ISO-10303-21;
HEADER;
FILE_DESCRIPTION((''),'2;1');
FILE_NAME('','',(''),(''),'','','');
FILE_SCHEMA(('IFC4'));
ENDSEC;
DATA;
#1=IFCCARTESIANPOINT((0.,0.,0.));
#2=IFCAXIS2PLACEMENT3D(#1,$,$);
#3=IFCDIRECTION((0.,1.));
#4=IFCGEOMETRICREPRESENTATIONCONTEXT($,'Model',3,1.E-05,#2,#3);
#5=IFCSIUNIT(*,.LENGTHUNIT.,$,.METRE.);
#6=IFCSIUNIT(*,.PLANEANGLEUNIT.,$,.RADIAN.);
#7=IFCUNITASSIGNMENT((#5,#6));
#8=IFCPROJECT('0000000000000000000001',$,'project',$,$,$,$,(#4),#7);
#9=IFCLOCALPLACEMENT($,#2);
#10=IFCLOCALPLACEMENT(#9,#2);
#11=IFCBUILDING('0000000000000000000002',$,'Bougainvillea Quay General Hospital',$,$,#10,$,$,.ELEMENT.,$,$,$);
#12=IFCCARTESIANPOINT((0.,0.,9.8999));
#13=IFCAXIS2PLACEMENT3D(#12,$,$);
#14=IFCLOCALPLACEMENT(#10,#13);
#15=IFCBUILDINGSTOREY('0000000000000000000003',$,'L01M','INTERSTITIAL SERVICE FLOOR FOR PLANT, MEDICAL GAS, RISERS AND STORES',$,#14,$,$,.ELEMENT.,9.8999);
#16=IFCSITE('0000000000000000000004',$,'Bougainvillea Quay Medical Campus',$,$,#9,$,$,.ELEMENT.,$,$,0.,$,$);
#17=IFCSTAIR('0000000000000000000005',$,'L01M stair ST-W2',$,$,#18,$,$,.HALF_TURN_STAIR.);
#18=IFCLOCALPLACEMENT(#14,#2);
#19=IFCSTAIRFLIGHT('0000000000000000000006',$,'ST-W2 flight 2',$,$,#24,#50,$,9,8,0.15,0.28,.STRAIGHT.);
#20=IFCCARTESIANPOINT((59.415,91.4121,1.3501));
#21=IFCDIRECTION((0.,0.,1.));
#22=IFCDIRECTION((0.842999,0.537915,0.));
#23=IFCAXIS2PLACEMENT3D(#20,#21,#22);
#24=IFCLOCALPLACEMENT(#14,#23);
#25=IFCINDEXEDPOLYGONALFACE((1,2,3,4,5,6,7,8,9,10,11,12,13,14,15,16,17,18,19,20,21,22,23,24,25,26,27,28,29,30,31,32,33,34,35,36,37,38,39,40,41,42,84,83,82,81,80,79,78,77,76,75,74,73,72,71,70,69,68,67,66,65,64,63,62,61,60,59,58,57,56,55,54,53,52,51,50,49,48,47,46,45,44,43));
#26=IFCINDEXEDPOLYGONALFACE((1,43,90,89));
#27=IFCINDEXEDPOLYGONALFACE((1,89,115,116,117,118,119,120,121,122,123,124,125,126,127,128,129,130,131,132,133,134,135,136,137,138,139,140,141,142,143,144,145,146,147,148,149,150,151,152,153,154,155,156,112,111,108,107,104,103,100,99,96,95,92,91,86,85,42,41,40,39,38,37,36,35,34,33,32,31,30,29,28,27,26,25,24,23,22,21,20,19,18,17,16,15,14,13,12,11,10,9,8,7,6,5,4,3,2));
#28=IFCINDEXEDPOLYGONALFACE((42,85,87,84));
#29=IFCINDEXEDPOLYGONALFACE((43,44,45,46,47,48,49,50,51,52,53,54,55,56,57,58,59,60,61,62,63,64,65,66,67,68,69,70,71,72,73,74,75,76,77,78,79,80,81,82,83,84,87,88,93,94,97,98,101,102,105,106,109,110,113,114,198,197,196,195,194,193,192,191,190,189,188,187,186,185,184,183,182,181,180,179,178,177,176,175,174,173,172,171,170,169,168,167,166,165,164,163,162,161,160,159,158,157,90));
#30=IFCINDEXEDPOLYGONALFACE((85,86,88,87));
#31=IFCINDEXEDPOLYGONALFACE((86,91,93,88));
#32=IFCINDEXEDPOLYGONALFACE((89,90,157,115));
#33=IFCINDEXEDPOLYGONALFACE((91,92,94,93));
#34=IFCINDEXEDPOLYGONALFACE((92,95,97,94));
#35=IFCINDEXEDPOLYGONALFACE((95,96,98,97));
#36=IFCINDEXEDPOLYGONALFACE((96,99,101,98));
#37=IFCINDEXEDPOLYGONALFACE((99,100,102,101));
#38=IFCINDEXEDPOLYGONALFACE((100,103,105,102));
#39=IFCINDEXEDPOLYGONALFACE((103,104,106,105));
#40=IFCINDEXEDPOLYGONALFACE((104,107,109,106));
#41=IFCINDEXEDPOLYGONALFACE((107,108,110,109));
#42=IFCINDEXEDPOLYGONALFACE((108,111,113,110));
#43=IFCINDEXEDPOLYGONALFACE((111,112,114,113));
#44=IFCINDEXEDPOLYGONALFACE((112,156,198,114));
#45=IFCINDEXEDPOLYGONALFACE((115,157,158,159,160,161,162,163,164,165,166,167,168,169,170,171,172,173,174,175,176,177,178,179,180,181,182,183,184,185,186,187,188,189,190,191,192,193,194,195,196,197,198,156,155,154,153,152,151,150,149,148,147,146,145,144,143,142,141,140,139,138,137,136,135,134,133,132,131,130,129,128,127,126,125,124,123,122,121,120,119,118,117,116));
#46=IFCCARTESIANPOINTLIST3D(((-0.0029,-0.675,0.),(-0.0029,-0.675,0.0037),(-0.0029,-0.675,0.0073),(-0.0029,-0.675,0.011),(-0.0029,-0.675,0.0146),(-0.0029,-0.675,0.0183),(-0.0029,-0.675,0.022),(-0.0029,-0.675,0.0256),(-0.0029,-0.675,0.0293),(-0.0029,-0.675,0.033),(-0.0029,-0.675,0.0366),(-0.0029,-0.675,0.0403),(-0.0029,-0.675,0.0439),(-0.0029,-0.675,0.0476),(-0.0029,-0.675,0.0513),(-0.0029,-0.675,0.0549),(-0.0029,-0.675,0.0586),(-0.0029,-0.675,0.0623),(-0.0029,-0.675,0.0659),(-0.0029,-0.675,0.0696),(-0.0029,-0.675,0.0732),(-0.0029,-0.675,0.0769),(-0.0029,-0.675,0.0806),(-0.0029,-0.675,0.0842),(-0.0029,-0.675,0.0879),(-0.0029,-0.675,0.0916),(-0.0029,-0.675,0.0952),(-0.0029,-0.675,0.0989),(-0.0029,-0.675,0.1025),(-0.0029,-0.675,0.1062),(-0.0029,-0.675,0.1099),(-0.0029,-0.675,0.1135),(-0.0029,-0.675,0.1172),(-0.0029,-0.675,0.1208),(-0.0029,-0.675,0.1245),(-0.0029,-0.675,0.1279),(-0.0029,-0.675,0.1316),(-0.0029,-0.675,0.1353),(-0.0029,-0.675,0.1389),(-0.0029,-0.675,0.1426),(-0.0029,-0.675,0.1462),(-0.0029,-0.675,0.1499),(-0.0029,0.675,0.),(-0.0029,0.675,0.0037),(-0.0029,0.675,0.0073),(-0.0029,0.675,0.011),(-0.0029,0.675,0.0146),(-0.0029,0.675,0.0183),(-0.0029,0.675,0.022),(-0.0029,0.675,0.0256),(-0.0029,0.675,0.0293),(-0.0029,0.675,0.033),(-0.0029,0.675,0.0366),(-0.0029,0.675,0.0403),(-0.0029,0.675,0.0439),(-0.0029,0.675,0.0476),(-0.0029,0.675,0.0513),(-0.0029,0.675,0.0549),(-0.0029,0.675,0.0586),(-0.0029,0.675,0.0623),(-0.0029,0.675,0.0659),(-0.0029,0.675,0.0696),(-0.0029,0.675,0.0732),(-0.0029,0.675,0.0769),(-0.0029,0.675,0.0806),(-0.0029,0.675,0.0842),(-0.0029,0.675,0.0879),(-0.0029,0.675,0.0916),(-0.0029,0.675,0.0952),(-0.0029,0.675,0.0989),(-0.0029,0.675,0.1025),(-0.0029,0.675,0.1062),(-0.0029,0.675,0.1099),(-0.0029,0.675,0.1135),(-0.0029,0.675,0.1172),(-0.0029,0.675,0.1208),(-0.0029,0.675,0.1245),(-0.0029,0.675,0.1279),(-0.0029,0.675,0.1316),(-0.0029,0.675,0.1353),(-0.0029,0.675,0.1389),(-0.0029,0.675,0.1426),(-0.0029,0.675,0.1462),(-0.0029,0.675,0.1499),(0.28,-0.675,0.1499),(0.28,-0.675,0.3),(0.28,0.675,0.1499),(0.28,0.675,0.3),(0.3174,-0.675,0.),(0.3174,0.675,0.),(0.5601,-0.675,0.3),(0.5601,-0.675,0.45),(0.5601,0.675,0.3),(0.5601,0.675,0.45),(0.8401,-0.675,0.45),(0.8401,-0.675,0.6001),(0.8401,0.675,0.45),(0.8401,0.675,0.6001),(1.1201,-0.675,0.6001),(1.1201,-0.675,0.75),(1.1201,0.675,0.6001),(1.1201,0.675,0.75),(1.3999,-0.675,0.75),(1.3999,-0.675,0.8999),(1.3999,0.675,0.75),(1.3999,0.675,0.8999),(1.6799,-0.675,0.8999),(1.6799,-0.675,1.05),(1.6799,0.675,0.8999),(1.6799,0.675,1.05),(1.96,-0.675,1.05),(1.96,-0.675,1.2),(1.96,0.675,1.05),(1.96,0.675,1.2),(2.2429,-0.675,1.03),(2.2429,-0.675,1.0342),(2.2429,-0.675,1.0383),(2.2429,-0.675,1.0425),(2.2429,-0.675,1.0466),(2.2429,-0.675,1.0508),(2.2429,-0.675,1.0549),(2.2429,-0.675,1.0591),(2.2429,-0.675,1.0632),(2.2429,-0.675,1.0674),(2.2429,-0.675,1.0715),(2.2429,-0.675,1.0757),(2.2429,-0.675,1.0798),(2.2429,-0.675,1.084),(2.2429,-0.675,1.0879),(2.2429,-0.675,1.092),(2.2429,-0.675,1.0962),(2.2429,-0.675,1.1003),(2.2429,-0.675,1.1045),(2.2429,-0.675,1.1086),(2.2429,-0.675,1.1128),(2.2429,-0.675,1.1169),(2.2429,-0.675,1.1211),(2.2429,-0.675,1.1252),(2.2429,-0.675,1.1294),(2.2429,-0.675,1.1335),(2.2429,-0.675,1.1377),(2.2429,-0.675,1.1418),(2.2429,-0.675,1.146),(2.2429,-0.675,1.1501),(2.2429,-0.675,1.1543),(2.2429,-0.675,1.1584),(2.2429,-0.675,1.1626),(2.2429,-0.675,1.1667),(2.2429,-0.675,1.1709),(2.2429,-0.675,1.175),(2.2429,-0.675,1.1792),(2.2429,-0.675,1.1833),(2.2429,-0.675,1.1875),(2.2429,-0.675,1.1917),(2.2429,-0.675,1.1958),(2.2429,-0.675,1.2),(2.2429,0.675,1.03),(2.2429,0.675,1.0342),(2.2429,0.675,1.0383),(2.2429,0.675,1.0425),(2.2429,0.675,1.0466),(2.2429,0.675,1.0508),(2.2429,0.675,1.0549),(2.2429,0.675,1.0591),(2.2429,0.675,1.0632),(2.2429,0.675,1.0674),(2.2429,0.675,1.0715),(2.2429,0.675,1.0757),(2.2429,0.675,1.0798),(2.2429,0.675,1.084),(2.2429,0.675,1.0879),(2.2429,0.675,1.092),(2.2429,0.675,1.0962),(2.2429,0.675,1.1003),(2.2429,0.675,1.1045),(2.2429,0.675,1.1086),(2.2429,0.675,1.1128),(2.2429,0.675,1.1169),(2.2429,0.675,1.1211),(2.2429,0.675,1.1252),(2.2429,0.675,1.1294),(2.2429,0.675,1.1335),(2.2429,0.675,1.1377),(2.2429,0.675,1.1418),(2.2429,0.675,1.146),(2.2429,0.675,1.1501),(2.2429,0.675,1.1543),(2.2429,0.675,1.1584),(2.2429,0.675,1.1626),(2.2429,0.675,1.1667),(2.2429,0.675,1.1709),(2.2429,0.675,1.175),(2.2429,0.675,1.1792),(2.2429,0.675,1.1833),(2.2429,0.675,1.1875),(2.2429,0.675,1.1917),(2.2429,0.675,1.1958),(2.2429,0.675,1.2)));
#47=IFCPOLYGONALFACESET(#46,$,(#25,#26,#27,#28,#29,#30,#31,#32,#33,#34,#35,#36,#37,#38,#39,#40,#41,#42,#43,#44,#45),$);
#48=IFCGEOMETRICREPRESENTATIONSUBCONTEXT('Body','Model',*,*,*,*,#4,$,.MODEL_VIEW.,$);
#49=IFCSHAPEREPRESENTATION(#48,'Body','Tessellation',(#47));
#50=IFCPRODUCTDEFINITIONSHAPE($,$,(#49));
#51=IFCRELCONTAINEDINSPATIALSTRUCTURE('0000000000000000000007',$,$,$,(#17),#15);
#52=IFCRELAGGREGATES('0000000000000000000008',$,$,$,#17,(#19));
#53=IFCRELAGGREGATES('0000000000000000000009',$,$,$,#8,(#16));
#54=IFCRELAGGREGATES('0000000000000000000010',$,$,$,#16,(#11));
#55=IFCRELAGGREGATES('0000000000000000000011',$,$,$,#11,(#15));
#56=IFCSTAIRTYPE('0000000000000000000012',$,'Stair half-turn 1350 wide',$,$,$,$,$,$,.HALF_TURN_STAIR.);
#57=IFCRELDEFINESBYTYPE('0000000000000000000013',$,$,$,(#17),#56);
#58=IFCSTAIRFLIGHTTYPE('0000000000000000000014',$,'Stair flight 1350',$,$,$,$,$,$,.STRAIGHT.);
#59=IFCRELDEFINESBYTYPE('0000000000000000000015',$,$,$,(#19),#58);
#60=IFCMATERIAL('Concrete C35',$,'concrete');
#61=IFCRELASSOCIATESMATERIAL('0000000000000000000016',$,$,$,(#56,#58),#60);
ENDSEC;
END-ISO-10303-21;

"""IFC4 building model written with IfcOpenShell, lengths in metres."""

from ifc_helpers import new_model, si_unit, direction, frame, origin, place, context, subcontext, project, spatial, polyline, outline, extrude, material, type_object, element, aggregate, save


model = new_model("IFC4")

# Units and contexts
model_context = context("Model", 3, precision=1e-05, world=origin(), true_north=direction((0.0, 1.0)))
body_context = subcontext(model_context, "Body", "Model", "MODEL_VIEW")
ifc_project = project(units=[si_unit("LENGTHUNIT", "METRE"), si_unit("PLANEANGLEUNIT", "RADIAN")], contexts=[model_context])

# Site, building, storey
site_placement = place(None, origin())
site = spatial("IfcSite", under=ifc_project, at=site_placement, Name="Bougainvillea Quay Medical Campus", CompositionType="ELEMENT", RefElevation=0.0)
building_placement = place(site_placement, origin())
building = spatial("IfcBuilding", under=site, at=building_placement, Name="Bougainvillea Quay General Hospital", CompositionType="ELEMENT")
storey_placement = place(building_placement, frame((0.0, 0.0, 9.8999)))
storey = spatial("IfcBuildingStorey", under=building, at=storey_placement, Name="L01M", Description="INTERSTITIAL SERVICE FLOOR FOR PLANT, MEDICAL GAS, RISERS AND STORES", CompositionType="ELEMENT", Elevation=9.8999)

# Stair, stair flight
ifc_material_1 = material(Name="Concrete C35", Category="concrete")
stair_type = type_object("IfcStairType", Name="Stair half-turn 1350 wide", PredefinedType="HALF_TURN_STAIR", material=ifc_material_1)
stair_placement = place(storey_placement, origin())
stair = element("IfcStair", 1, at=stair_placement, inside=storey, type_object=stair_type, Name="L01M stair ST-W2", PredefinedType="HALF_TURN_STAIR")
stair_flight_type = type_object("IfcStairFlightType", Name="Stair flight 1350", PredefinedType="STRAIGHT", material=ifc_material_1)
stair_flight_placement = place(storey_placement, frame((59.415, 91.4121, 1.3501), z_axis=(0.0, 0.0, 1.0), x_axis=(0.842999, 0.537915, 0.0)))
stair_flight = element("IfcStairFlight", 2, at=stair_flight_placement, type_object=stair_flight_type, Name="ST-W2 flight 2", NumberOfRisers=9, NumberOfTreads=8, PredefinedType="STRAIGHT", RiserHeight=0.15, TreadLength=0.28, context=body_context, shape_type="SweptSolid", body=[
    extrude(outline(polyline([(-0.0029, 0.0), (-0.0029, 0.0037), (-0.0029, 0.0073), (-0.0029, 0.011), (-0.0029, 0.0146), (-0.0029, 0.0183), (-0.0029, 0.022), (-0.0029, 0.0256), (-0.0029, 0.0293), (-0.0029, 0.033), (-0.0029, 0.0366), (-0.0029, 0.0403), (-0.0029, 0.0439), (-0.0029, 0.0476), (-0.0029, 0.0513), (-0.0029, 0.0549), (-0.0029, 0.0586), (-0.0029, 0.0623), (-0.0029, 0.0659), (-0.0029, 0.0696), (-0.0029, 0.0732), (-0.0029, 0.0769), (-0.0029, 0.0806), (-0.0029, 0.0842), (-0.0029, 0.0879), (-0.0029, 0.0916), (-0.0029, 0.0952), (-0.0029, 0.0989), (-0.0029, 0.1025), (-0.0029, 0.1062), (-0.0029, 0.1099), (-0.0029, 0.1135), (-0.0029, 0.1172), (-0.0029, 0.1208), (-0.0029, 0.1245), (-0.0029, 0.1279), (-0.0029, 0.1316), (-0.0029, 0.1353), (-0.0029, 0.1389), (-0.0029, 0.1426), (-0.0029, 0.1462), (-0.0029, 0.1499), (0.28, 0.1499), (0.28, 0.3), (0.5601, 0.3), (0.5601, 0.45), (0.8401, 0.45), (0.8401, 0.6001), (1.1201, 0.6001), (1.1201, 0.75), (1.3999, 0.75), (1.3999, 0.8999), (1.6799, 0.8999), (1.6799, 1.05), (1.96, 1.05), (1.96, 1.2), (2.2429, 1.2), (2.2429, 1.1958), (2.2429, 1.1917), (2.2429, 1.1875), (2.2429, 1.1833), (2.2429, 1.1792), (2.2429, 1.175), (2.2429, 1.1709), (2.2429, 1.1667), (2.2429, 1.1626), (2.2429, 1.1584), (2.2429, 1.1543), (2.2429, 1.1501), (2.2429, 1.146), (2.2429, 1.1418), (2.2429, 1.1377), (2.2429, 1.1335), (2.2429, 1.1294), (2.2429, 1.1252), (2.2429, 1.1211), (2.2429, 1.1169), (2.2429, 1.1128), (2.2429, 1.1086), (2.2429, 1.1045), (2.2429, 1.1003), (2.2429, 1.0962), (2.2429, 1.092), (2.2429, 1.0879), (2.2429, 1.084), (2.2429, 1.0798), (2.2429, 1.0757), (2.2429, 1.0715), (2.2429, 1.0674), (2.2429, 1.0632), (2.2429, 1.0591), (2.2429, 1.0549), (2.2429, 1.0508), (2.2429, 1.0466), (2.2429, 1.0425), (2.2429, 1.0383), (2.2429, 1.0342), (2.2429, 1.03), (0.3174, 0.0), (-0.0029, 0.0)])), frame((0.0, 0.675, 0.0), z_axis=(0.0, -1.0, 0.0), x_axis=(1.0, 0.0, 0.0)), (0.0, 0.0, 1.0), 1.3501),
])
aggregate(stair, [stair_flight])

save(model, "model.ifc")
